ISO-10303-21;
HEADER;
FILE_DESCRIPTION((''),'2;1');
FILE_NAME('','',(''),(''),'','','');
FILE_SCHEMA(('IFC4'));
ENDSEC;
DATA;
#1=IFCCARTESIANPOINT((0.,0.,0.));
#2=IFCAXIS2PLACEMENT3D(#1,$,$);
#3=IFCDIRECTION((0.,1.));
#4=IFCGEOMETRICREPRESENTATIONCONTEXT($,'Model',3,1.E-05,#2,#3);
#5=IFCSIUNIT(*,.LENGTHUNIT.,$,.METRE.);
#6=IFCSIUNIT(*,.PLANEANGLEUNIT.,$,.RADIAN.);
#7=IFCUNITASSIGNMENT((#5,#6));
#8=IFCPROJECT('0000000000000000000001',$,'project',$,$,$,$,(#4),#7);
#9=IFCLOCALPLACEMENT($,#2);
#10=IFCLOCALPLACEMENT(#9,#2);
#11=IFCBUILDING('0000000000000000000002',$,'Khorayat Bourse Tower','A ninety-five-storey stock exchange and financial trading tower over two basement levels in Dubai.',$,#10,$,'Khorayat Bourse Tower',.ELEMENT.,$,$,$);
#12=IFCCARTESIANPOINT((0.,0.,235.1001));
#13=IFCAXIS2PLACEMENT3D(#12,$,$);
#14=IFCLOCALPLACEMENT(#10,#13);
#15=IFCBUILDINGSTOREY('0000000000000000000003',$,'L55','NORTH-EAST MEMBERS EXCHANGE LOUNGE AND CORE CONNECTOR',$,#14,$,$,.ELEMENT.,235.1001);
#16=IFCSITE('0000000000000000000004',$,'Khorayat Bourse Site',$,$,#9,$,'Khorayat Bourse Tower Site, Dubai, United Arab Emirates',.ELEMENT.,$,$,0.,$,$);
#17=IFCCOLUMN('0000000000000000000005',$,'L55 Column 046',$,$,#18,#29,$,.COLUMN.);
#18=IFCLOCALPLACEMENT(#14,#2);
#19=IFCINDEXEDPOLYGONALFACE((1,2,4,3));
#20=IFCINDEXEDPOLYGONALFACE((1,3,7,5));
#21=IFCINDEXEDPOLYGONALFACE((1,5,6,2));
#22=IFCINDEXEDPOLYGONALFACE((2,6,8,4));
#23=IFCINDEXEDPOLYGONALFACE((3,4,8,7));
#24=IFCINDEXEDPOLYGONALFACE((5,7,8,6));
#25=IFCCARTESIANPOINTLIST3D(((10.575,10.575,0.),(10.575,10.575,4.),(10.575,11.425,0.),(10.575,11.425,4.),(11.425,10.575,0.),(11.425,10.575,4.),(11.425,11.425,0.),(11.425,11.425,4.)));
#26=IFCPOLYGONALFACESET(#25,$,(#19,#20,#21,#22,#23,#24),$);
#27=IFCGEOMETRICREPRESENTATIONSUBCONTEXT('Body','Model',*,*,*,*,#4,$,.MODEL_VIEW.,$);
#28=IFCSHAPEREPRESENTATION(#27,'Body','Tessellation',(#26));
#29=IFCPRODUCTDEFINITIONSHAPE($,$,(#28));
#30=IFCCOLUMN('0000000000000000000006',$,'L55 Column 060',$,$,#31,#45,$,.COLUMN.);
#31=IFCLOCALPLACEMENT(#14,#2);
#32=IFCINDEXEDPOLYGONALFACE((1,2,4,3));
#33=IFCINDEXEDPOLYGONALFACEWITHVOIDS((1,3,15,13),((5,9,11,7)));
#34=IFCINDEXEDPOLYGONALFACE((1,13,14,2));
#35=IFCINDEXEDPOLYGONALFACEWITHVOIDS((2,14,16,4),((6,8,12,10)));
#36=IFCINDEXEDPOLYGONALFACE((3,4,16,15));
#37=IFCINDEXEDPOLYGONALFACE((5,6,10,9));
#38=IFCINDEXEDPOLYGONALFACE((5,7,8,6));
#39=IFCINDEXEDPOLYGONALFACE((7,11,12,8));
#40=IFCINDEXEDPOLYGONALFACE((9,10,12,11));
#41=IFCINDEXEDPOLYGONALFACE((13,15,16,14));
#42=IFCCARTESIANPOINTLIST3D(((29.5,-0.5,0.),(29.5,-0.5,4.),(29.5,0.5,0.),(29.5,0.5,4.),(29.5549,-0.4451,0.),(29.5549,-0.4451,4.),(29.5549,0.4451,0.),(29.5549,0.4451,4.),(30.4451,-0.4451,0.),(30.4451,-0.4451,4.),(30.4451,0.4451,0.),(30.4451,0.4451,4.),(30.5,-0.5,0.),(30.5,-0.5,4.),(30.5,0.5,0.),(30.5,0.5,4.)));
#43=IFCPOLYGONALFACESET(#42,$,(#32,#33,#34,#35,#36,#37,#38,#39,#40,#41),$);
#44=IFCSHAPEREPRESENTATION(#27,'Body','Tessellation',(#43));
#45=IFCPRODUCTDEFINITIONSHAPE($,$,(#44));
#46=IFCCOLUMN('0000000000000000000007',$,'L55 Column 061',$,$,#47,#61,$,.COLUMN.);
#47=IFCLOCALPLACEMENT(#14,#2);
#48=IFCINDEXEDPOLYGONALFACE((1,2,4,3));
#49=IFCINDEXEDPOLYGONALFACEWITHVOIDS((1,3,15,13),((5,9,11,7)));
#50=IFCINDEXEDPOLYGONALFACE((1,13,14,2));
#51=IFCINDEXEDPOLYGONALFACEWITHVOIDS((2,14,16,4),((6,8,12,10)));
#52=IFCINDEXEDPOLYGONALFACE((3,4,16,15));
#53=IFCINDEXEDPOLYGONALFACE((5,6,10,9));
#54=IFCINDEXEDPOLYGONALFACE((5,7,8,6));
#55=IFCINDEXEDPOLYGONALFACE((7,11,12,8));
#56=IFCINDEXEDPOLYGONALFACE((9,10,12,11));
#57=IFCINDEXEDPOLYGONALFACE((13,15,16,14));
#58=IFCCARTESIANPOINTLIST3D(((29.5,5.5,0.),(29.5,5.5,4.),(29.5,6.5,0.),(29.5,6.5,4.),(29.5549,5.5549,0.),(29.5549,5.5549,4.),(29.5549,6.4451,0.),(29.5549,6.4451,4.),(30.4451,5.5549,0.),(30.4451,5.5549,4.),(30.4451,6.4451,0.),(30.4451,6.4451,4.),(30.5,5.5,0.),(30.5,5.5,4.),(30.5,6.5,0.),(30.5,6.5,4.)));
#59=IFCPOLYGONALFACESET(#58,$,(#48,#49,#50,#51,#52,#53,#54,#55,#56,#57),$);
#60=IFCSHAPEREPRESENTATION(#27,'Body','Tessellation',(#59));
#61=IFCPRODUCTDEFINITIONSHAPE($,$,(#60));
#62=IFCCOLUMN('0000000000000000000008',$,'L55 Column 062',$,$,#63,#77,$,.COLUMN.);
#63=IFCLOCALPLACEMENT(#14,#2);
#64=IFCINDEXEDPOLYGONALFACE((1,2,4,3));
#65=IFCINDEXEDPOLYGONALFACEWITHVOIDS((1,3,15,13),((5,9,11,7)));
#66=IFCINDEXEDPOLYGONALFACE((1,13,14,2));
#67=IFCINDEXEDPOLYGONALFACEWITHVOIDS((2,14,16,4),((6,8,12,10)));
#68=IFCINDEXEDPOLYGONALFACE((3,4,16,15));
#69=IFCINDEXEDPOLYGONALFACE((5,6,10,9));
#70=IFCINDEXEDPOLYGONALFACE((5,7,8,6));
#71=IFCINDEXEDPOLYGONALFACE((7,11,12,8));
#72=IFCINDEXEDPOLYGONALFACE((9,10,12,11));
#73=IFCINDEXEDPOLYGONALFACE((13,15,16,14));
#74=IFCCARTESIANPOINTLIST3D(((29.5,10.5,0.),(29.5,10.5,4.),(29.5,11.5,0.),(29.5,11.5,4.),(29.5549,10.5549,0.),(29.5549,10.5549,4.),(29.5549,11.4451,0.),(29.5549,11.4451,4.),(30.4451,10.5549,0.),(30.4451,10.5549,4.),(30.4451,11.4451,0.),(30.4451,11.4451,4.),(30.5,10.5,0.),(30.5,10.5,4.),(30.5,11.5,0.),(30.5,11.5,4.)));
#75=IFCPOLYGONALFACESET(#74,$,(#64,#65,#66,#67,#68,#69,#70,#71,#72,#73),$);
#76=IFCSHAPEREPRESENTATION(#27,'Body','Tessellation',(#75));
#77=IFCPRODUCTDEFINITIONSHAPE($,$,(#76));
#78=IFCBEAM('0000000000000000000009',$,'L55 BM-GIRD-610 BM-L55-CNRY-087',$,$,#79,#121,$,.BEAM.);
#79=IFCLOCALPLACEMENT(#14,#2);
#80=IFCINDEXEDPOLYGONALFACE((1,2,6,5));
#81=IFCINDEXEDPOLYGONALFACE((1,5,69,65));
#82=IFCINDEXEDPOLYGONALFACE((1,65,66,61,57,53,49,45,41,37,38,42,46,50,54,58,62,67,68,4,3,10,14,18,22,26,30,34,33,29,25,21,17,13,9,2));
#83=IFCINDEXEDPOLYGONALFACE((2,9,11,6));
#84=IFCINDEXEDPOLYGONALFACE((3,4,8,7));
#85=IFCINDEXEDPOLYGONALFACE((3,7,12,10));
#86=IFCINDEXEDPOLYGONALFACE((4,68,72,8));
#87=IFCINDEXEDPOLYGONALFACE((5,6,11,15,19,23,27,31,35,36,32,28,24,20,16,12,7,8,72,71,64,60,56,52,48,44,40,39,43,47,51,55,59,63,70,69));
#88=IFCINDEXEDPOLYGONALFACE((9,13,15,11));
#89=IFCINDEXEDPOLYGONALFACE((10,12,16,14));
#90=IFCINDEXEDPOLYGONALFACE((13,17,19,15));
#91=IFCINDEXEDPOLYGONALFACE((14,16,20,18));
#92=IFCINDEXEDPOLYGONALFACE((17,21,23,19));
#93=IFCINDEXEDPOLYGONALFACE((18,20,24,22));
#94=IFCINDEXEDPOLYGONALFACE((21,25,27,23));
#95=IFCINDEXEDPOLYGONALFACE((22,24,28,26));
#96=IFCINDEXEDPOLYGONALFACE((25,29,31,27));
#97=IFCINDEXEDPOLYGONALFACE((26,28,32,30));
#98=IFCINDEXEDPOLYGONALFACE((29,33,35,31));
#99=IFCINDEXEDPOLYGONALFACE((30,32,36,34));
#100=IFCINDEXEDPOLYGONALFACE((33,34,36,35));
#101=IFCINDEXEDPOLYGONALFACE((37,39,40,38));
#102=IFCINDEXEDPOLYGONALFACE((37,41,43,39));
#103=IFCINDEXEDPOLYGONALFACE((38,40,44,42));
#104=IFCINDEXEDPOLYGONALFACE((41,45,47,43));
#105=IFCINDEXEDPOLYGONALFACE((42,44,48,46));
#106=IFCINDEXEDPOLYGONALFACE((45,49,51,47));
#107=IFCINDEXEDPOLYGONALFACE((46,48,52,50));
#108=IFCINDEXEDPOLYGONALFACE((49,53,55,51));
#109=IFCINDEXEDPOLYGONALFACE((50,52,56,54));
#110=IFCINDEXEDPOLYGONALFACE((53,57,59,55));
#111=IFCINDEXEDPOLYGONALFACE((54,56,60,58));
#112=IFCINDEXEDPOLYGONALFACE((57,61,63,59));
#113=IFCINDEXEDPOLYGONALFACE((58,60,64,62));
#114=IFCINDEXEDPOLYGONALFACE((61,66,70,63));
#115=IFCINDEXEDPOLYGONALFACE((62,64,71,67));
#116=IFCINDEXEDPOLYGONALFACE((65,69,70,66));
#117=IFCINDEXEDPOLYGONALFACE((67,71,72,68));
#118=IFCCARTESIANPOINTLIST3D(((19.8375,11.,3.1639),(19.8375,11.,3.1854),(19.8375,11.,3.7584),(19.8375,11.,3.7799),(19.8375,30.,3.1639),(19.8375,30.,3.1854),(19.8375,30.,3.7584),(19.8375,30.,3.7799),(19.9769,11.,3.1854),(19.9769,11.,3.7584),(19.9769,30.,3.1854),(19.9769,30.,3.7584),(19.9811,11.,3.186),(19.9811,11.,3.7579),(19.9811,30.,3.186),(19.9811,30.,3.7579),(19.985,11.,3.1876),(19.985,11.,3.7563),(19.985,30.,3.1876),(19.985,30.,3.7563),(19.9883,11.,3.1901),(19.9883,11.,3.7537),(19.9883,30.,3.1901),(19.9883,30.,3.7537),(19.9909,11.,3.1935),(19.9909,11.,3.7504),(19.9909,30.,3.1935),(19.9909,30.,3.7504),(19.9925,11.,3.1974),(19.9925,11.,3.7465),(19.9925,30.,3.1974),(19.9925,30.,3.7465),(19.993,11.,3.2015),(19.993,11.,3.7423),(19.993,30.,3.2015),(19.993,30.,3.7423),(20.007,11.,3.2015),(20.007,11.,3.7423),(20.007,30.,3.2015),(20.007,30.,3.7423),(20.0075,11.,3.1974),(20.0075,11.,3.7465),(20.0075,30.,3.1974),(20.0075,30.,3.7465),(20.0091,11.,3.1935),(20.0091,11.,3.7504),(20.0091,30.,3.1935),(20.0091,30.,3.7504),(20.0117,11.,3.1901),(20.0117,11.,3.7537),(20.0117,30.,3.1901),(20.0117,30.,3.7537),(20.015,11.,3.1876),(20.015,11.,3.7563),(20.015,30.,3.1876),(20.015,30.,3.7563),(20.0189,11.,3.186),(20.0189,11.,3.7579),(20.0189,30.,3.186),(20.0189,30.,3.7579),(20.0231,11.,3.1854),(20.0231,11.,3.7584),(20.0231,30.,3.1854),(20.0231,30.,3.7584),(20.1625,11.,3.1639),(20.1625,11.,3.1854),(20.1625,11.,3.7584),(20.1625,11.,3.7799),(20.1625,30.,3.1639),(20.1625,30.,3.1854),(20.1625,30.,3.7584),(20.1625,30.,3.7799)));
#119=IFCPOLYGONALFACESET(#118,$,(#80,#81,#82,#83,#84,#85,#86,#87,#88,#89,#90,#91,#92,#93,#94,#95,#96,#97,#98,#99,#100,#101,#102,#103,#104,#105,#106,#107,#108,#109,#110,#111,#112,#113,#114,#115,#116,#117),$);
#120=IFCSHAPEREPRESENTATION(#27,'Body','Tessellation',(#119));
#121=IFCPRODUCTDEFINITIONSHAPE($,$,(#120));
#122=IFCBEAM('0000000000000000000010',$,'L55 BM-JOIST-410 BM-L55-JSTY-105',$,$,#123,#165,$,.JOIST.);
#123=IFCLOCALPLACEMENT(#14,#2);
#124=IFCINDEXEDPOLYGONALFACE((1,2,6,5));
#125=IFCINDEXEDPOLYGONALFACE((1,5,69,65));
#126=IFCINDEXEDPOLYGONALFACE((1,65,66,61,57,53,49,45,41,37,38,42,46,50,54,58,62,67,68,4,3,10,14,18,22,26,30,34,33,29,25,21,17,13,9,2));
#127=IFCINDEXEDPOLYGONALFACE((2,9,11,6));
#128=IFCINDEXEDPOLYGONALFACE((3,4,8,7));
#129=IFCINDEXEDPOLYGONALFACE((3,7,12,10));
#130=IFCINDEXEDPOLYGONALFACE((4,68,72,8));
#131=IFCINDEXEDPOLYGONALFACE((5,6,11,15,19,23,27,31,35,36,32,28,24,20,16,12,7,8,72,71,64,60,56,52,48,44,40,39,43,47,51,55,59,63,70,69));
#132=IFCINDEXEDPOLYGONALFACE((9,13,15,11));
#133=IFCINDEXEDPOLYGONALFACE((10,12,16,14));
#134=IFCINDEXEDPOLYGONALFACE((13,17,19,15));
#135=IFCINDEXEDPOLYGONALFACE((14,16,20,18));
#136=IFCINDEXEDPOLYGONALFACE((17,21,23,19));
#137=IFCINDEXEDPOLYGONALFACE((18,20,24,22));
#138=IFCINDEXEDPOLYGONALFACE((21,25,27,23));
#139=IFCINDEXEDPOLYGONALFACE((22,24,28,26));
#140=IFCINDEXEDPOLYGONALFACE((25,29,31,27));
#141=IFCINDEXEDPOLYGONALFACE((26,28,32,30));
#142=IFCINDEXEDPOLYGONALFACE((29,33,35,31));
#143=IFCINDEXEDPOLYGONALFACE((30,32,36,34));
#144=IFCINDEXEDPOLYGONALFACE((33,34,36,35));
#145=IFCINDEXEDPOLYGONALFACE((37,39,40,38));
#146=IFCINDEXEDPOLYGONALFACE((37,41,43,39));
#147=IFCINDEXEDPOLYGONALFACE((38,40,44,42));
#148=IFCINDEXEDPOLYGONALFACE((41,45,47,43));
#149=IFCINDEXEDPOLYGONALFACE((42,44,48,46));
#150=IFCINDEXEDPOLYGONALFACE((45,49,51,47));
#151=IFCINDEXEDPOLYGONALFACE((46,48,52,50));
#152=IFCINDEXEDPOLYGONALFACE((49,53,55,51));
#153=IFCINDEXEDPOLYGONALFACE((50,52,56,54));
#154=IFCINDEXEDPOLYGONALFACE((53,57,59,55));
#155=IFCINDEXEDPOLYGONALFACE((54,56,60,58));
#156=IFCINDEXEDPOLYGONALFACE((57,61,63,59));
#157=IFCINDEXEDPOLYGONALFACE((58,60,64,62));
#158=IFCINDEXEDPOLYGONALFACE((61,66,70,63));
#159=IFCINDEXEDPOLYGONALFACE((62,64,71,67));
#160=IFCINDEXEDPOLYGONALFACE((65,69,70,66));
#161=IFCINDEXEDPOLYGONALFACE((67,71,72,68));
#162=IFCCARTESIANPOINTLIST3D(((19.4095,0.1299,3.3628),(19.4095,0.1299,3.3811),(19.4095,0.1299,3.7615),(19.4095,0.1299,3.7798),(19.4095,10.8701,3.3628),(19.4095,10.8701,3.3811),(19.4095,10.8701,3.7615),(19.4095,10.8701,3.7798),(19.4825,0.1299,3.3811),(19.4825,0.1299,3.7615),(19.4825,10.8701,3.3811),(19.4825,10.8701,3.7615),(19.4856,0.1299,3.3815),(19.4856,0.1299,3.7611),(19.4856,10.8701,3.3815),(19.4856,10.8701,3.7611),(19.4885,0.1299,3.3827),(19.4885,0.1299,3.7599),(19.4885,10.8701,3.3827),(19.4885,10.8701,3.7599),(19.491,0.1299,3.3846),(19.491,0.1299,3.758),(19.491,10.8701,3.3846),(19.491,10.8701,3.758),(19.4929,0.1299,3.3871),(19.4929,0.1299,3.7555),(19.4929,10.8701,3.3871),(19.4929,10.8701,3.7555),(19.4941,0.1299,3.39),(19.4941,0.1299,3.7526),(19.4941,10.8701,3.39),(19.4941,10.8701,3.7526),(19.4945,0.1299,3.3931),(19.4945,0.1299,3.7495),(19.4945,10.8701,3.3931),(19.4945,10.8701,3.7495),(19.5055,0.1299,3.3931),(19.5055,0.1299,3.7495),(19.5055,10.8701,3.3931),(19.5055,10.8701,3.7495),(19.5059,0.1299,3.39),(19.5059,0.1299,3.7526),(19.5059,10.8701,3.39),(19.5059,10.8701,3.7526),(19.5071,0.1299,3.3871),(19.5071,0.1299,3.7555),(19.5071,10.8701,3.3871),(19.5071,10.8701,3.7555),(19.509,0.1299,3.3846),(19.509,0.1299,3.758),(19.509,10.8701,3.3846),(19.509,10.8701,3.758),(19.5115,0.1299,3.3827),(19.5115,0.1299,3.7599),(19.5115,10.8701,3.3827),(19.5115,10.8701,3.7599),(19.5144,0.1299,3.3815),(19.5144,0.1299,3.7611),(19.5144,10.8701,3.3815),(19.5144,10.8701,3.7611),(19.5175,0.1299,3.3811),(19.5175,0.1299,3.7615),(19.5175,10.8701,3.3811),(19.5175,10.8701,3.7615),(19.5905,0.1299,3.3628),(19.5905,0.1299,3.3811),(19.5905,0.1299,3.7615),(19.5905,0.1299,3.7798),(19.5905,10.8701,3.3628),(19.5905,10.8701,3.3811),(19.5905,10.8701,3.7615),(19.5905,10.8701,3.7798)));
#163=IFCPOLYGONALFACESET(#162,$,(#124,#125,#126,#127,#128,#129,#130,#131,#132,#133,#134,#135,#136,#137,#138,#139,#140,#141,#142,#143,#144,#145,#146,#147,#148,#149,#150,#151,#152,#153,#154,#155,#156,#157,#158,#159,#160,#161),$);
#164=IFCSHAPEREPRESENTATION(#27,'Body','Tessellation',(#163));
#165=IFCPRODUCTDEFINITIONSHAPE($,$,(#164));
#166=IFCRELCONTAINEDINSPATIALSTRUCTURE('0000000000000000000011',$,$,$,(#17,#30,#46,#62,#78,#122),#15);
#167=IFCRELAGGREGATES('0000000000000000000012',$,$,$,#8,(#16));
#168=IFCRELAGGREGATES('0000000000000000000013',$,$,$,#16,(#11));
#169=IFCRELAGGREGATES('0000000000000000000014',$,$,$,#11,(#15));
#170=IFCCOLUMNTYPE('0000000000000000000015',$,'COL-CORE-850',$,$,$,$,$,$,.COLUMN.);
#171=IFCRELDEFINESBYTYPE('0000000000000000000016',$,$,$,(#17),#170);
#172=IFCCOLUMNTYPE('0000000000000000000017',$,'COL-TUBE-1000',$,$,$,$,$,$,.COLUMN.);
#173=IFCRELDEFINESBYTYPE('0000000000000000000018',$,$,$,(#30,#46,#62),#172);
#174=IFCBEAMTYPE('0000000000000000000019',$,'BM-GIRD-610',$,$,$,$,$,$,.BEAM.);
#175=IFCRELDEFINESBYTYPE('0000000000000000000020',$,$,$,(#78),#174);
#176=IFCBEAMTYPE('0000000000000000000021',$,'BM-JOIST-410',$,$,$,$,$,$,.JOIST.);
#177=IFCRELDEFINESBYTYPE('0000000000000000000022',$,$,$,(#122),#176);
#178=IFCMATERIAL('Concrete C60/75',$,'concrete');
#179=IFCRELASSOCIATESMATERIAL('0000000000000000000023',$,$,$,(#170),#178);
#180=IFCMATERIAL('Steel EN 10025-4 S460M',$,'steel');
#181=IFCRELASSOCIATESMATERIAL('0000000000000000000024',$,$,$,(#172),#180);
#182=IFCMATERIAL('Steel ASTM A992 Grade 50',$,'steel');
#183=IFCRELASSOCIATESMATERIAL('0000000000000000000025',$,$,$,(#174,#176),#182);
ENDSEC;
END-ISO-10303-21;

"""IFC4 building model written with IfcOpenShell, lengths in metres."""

from ifc_helpers import new_model, si_unit, direction, frame, origin, origin_2d, place, context, subcontext, project, spatial, rectangle, hollow_rectangle, i_section, extrude, source, transform, mapped, material, material_profile, profile_set, type_object, element, save


model = new_model("IFC4")

# Units and contexts
model_context = context("Model", 3, precision=1e-05, world=origin(), true_north=direction((0.0, 1.0)))
body_context = subcontext(model_context, "Body", "Model", "MODEL_VIEW")
ifc_project = project(units=[si_unit("LENGTHUNIT", "METRE"), si_unit("PLANEANGLEUNIT", "RADIAN")], contexts=[model_context])

# Site, building, storey
site_placement = place(None, origin())
site = spatial("IfcSite", under=ifc_project, at=site_placement, Name="Khorayat Bourse Site", LongName="Khorayat Bourse Tower Site, Dubai, United Arab Emirates", CompositionType="ELEMENT", RefElevation=0.0)
building_placement = place(site_placement, origin())
building = spatial("IfcBuilding", under=site, at=building_placement, Name="Khorayat Bourse Tower", Description="A ninety-five-storey stock exchange and financial trading tower over two basement levels in Dubai.", LongName="Khorayat Bourse Tower", CompositionType="ELEMENT")
storey_placement = place(building_placement, frame((0.0, 0.0, 235.1001)))
storey = spatial("IfcBuildingStorey", under=building, at=storey_placement, Name="L55", Description="NORTH-EAST MEMBERS EXCHANGE LOUNGE AND CORE CONNECTOR", CompositionType="ELEMENT", Elevation=235.1001)

# Columns
ifc_material_1 = material(Name="Concrete C60/75", Category="concrete")
ifc_material_profile_1 = material_profile(ifc_material_1, rectangle(XDim=0.8501, YDim=0.8501, at=origin_2d()), Name="RC 850x850")
ifc_profile_set_1 = profile_set([ifc_material_profile_1], Name="Concrete C60/75")
column_type_1 = type_object("IfcColumnType", Name="COL-CORE-850", PredefinedType="COLUMN", material=ifc_profile_set_1)
shared_shape_1 = source(origin(), body_context, "Body", "SweptSolid", [
    extrude(rectangle(XDim=0.8501, YDim=0.8501, at=origin_2d()), origin(), (0.0, 0.0, 1.0), 4.0),
])
column_placement = place(storey_placement, frame((11.0, 11.0, 0.0), z_axis=(0.0, 0.0, 1.0), x_axis=(1.0, 0.0, 0.0)))
element("IfcColumn", 1, at=column_placement, inside=storey, type_object=column_type_1, Name="L55 Column 046", PredefinedType="COLUMN", context=body_context, shape_type="MappedRepresentation", body=[
    mapped(shared_shape_1, transform((0.0, 0.0, 0.0), scale=1.0)),
])
ifc_material_2 = material(Name="Steel EN 10025-4 S460M", Category="steel")
ifc_material_profile_2 = material_profile(ifc_material_2, hollow_rectangle(XDim=1.0, YDim=1.0, WallThickness=0.0549, at=origin_2d()), Name="BOX 1000x1000x55")
ifc_profile_set_2 = profile_set([ifc_material_profile_2], Name="Steel EN 10025-4 S460M")
column_type_2 = type_object("IfcColumnType", Name="COL-TUBE-1000", PredefinedType="COLUMN", material=ifc_profile_set_2)
shared_shape_2 = source(origin(), body_context, "Body", "SweptSolid", [
    extrude(hollow_rectangle(XDim=1.0, YDim=1.0, WallThickness=0.0549, at=origin_2d()), origin(), (0.0, 0.0, 1.0), 4.0),
])
for number, where, z_axis, x_axis, name in (
    (2, (30.0, 0.0, 0.0), (0.0, 0.0, 1.0), (1.0, 0.0, 0.0), "L55 Column 060"),
    (3, (30.0, 6.0, 0.0), (0.0, 0.0, 1.0), (1.0, 0.0, 0.0), "L55 Column 061"),
    (4, (30.0, 11.0, 0.0), (0.0, 0.0, 1.0), (1.0, 0.0, 0.0), "L55 Column 062"),
):
    element("IfcColumn", number, at=place(storey_placement, frame(where, z_axis=z_axis, x_axis=x_axis)), inside=storey, type_object=column_type_2, Name=name, PredefinedType="COLUMN", context=body_context, shape_type="MappedRepresentation", body=[
        mapped(shared_shape_2, transform((0.0, 0.0, 0.0), scale=1.0)),
    ])

# Beams
ifc_material_3 = material(Name="Steel ASTM A992 Grade 50", Category="steel")
ifc_material_profile_3 = material_profile(ifc_material_3, i_section(OverallWidth=0.325, OverallDepth=0.616, WebThickness=0.0139, FlangeThickness=0.0215, FilletRadius=0.0161, at=origin_2d()), Name="W610X174")
ifc_profile_set_3 = profile_set([ifc_material_profile_3], Name="Steel ASTM A992 Grade 50")
beam_type_1 = type_object("IfcBeamType", Name="BM-GIRD-610", PredefinedType="BEAM", material=ifc_profile_set_3)
shared_shape_3 = source(origin(), body_context, "Body", "SweptSolid", [
    extrude(i_section(OverallWidth=0.325, OverallDepth=0.616, WebThickness=0.0139, FlangeThickness=0.0215, FilletRadius=0.0161, at=origin_2d()), origin(), (0.0, 0.0, 1.0), 19.0),
])
beam_1_placement = place(storey_placement, frame((20.0, 11.0, 3.4719), z_axis=(0.0, 1.0, 0.0), x_axis=(-1.0, 0.0, 0.0)))
element("IfcBeam", 5, at=beam_1_placement, inside=storey, type_object=beam_type_1, Name="L55 BM-GIRD-610 BM-L55-CNRY-087", PredefinedType="BEAM", context=body_context, shape_type="MappedRepresentation", body=[
    mapped(shared_shape_3, transform((0.0, 0.0, 0.0), scale=1.0)),
])
ifc_material_profile_4 = material_profile(ifc_material_3, i_section(OverallWidth=0.1809, OverallDepth=0.417, WebThickness=0.011, FlangeThickness=0.0183, FilletRadius=0.012, at=origin_2d()), Name="W410X85")
ifc_profile_set_4 = profile_set([ifc_material_profile_4], Name="Steel ASTM A992 Grade 50")
beam_type_2 = type_object("IfcBeamType", Name="BM-JOIST-410", PredefinedType="JOIST", material=ifc_profile_set_4)
shared_shape_4 = source(origin(), body_context, "Body", "SweptSolid", [
    extrude(i_section(OverallWidth=0.1809, OverallDepth=0.417, WebThickness=0.011, FlangeThickness=0.0183, FilletRadius=0.012, at=origin_2d()), origin(), (0.0, 0.0, 1.0), 10.7402),
])
beam_2_placement = place(storey_placement, frame((19.5, 0.1299, 3.5713), z_axis=(0.0, 1.0, 0.0), x_axis=(-1.0, 0.0, 0.0)))
element("IfcBeam", 6, at=beam_2_placement, inside=storey, type_object=beam_type_2, Name="L55 BM-JOIST-410 BM-L55-JSTY-105", PredefinedType="JOIST", context=body_context, shape_type="MappedRepresentation", body=[
    mapped(shared_shape_4, transform((0.0, 0.0, 0.0), scale=1.0)),
])

save(model, "model.ifc")
